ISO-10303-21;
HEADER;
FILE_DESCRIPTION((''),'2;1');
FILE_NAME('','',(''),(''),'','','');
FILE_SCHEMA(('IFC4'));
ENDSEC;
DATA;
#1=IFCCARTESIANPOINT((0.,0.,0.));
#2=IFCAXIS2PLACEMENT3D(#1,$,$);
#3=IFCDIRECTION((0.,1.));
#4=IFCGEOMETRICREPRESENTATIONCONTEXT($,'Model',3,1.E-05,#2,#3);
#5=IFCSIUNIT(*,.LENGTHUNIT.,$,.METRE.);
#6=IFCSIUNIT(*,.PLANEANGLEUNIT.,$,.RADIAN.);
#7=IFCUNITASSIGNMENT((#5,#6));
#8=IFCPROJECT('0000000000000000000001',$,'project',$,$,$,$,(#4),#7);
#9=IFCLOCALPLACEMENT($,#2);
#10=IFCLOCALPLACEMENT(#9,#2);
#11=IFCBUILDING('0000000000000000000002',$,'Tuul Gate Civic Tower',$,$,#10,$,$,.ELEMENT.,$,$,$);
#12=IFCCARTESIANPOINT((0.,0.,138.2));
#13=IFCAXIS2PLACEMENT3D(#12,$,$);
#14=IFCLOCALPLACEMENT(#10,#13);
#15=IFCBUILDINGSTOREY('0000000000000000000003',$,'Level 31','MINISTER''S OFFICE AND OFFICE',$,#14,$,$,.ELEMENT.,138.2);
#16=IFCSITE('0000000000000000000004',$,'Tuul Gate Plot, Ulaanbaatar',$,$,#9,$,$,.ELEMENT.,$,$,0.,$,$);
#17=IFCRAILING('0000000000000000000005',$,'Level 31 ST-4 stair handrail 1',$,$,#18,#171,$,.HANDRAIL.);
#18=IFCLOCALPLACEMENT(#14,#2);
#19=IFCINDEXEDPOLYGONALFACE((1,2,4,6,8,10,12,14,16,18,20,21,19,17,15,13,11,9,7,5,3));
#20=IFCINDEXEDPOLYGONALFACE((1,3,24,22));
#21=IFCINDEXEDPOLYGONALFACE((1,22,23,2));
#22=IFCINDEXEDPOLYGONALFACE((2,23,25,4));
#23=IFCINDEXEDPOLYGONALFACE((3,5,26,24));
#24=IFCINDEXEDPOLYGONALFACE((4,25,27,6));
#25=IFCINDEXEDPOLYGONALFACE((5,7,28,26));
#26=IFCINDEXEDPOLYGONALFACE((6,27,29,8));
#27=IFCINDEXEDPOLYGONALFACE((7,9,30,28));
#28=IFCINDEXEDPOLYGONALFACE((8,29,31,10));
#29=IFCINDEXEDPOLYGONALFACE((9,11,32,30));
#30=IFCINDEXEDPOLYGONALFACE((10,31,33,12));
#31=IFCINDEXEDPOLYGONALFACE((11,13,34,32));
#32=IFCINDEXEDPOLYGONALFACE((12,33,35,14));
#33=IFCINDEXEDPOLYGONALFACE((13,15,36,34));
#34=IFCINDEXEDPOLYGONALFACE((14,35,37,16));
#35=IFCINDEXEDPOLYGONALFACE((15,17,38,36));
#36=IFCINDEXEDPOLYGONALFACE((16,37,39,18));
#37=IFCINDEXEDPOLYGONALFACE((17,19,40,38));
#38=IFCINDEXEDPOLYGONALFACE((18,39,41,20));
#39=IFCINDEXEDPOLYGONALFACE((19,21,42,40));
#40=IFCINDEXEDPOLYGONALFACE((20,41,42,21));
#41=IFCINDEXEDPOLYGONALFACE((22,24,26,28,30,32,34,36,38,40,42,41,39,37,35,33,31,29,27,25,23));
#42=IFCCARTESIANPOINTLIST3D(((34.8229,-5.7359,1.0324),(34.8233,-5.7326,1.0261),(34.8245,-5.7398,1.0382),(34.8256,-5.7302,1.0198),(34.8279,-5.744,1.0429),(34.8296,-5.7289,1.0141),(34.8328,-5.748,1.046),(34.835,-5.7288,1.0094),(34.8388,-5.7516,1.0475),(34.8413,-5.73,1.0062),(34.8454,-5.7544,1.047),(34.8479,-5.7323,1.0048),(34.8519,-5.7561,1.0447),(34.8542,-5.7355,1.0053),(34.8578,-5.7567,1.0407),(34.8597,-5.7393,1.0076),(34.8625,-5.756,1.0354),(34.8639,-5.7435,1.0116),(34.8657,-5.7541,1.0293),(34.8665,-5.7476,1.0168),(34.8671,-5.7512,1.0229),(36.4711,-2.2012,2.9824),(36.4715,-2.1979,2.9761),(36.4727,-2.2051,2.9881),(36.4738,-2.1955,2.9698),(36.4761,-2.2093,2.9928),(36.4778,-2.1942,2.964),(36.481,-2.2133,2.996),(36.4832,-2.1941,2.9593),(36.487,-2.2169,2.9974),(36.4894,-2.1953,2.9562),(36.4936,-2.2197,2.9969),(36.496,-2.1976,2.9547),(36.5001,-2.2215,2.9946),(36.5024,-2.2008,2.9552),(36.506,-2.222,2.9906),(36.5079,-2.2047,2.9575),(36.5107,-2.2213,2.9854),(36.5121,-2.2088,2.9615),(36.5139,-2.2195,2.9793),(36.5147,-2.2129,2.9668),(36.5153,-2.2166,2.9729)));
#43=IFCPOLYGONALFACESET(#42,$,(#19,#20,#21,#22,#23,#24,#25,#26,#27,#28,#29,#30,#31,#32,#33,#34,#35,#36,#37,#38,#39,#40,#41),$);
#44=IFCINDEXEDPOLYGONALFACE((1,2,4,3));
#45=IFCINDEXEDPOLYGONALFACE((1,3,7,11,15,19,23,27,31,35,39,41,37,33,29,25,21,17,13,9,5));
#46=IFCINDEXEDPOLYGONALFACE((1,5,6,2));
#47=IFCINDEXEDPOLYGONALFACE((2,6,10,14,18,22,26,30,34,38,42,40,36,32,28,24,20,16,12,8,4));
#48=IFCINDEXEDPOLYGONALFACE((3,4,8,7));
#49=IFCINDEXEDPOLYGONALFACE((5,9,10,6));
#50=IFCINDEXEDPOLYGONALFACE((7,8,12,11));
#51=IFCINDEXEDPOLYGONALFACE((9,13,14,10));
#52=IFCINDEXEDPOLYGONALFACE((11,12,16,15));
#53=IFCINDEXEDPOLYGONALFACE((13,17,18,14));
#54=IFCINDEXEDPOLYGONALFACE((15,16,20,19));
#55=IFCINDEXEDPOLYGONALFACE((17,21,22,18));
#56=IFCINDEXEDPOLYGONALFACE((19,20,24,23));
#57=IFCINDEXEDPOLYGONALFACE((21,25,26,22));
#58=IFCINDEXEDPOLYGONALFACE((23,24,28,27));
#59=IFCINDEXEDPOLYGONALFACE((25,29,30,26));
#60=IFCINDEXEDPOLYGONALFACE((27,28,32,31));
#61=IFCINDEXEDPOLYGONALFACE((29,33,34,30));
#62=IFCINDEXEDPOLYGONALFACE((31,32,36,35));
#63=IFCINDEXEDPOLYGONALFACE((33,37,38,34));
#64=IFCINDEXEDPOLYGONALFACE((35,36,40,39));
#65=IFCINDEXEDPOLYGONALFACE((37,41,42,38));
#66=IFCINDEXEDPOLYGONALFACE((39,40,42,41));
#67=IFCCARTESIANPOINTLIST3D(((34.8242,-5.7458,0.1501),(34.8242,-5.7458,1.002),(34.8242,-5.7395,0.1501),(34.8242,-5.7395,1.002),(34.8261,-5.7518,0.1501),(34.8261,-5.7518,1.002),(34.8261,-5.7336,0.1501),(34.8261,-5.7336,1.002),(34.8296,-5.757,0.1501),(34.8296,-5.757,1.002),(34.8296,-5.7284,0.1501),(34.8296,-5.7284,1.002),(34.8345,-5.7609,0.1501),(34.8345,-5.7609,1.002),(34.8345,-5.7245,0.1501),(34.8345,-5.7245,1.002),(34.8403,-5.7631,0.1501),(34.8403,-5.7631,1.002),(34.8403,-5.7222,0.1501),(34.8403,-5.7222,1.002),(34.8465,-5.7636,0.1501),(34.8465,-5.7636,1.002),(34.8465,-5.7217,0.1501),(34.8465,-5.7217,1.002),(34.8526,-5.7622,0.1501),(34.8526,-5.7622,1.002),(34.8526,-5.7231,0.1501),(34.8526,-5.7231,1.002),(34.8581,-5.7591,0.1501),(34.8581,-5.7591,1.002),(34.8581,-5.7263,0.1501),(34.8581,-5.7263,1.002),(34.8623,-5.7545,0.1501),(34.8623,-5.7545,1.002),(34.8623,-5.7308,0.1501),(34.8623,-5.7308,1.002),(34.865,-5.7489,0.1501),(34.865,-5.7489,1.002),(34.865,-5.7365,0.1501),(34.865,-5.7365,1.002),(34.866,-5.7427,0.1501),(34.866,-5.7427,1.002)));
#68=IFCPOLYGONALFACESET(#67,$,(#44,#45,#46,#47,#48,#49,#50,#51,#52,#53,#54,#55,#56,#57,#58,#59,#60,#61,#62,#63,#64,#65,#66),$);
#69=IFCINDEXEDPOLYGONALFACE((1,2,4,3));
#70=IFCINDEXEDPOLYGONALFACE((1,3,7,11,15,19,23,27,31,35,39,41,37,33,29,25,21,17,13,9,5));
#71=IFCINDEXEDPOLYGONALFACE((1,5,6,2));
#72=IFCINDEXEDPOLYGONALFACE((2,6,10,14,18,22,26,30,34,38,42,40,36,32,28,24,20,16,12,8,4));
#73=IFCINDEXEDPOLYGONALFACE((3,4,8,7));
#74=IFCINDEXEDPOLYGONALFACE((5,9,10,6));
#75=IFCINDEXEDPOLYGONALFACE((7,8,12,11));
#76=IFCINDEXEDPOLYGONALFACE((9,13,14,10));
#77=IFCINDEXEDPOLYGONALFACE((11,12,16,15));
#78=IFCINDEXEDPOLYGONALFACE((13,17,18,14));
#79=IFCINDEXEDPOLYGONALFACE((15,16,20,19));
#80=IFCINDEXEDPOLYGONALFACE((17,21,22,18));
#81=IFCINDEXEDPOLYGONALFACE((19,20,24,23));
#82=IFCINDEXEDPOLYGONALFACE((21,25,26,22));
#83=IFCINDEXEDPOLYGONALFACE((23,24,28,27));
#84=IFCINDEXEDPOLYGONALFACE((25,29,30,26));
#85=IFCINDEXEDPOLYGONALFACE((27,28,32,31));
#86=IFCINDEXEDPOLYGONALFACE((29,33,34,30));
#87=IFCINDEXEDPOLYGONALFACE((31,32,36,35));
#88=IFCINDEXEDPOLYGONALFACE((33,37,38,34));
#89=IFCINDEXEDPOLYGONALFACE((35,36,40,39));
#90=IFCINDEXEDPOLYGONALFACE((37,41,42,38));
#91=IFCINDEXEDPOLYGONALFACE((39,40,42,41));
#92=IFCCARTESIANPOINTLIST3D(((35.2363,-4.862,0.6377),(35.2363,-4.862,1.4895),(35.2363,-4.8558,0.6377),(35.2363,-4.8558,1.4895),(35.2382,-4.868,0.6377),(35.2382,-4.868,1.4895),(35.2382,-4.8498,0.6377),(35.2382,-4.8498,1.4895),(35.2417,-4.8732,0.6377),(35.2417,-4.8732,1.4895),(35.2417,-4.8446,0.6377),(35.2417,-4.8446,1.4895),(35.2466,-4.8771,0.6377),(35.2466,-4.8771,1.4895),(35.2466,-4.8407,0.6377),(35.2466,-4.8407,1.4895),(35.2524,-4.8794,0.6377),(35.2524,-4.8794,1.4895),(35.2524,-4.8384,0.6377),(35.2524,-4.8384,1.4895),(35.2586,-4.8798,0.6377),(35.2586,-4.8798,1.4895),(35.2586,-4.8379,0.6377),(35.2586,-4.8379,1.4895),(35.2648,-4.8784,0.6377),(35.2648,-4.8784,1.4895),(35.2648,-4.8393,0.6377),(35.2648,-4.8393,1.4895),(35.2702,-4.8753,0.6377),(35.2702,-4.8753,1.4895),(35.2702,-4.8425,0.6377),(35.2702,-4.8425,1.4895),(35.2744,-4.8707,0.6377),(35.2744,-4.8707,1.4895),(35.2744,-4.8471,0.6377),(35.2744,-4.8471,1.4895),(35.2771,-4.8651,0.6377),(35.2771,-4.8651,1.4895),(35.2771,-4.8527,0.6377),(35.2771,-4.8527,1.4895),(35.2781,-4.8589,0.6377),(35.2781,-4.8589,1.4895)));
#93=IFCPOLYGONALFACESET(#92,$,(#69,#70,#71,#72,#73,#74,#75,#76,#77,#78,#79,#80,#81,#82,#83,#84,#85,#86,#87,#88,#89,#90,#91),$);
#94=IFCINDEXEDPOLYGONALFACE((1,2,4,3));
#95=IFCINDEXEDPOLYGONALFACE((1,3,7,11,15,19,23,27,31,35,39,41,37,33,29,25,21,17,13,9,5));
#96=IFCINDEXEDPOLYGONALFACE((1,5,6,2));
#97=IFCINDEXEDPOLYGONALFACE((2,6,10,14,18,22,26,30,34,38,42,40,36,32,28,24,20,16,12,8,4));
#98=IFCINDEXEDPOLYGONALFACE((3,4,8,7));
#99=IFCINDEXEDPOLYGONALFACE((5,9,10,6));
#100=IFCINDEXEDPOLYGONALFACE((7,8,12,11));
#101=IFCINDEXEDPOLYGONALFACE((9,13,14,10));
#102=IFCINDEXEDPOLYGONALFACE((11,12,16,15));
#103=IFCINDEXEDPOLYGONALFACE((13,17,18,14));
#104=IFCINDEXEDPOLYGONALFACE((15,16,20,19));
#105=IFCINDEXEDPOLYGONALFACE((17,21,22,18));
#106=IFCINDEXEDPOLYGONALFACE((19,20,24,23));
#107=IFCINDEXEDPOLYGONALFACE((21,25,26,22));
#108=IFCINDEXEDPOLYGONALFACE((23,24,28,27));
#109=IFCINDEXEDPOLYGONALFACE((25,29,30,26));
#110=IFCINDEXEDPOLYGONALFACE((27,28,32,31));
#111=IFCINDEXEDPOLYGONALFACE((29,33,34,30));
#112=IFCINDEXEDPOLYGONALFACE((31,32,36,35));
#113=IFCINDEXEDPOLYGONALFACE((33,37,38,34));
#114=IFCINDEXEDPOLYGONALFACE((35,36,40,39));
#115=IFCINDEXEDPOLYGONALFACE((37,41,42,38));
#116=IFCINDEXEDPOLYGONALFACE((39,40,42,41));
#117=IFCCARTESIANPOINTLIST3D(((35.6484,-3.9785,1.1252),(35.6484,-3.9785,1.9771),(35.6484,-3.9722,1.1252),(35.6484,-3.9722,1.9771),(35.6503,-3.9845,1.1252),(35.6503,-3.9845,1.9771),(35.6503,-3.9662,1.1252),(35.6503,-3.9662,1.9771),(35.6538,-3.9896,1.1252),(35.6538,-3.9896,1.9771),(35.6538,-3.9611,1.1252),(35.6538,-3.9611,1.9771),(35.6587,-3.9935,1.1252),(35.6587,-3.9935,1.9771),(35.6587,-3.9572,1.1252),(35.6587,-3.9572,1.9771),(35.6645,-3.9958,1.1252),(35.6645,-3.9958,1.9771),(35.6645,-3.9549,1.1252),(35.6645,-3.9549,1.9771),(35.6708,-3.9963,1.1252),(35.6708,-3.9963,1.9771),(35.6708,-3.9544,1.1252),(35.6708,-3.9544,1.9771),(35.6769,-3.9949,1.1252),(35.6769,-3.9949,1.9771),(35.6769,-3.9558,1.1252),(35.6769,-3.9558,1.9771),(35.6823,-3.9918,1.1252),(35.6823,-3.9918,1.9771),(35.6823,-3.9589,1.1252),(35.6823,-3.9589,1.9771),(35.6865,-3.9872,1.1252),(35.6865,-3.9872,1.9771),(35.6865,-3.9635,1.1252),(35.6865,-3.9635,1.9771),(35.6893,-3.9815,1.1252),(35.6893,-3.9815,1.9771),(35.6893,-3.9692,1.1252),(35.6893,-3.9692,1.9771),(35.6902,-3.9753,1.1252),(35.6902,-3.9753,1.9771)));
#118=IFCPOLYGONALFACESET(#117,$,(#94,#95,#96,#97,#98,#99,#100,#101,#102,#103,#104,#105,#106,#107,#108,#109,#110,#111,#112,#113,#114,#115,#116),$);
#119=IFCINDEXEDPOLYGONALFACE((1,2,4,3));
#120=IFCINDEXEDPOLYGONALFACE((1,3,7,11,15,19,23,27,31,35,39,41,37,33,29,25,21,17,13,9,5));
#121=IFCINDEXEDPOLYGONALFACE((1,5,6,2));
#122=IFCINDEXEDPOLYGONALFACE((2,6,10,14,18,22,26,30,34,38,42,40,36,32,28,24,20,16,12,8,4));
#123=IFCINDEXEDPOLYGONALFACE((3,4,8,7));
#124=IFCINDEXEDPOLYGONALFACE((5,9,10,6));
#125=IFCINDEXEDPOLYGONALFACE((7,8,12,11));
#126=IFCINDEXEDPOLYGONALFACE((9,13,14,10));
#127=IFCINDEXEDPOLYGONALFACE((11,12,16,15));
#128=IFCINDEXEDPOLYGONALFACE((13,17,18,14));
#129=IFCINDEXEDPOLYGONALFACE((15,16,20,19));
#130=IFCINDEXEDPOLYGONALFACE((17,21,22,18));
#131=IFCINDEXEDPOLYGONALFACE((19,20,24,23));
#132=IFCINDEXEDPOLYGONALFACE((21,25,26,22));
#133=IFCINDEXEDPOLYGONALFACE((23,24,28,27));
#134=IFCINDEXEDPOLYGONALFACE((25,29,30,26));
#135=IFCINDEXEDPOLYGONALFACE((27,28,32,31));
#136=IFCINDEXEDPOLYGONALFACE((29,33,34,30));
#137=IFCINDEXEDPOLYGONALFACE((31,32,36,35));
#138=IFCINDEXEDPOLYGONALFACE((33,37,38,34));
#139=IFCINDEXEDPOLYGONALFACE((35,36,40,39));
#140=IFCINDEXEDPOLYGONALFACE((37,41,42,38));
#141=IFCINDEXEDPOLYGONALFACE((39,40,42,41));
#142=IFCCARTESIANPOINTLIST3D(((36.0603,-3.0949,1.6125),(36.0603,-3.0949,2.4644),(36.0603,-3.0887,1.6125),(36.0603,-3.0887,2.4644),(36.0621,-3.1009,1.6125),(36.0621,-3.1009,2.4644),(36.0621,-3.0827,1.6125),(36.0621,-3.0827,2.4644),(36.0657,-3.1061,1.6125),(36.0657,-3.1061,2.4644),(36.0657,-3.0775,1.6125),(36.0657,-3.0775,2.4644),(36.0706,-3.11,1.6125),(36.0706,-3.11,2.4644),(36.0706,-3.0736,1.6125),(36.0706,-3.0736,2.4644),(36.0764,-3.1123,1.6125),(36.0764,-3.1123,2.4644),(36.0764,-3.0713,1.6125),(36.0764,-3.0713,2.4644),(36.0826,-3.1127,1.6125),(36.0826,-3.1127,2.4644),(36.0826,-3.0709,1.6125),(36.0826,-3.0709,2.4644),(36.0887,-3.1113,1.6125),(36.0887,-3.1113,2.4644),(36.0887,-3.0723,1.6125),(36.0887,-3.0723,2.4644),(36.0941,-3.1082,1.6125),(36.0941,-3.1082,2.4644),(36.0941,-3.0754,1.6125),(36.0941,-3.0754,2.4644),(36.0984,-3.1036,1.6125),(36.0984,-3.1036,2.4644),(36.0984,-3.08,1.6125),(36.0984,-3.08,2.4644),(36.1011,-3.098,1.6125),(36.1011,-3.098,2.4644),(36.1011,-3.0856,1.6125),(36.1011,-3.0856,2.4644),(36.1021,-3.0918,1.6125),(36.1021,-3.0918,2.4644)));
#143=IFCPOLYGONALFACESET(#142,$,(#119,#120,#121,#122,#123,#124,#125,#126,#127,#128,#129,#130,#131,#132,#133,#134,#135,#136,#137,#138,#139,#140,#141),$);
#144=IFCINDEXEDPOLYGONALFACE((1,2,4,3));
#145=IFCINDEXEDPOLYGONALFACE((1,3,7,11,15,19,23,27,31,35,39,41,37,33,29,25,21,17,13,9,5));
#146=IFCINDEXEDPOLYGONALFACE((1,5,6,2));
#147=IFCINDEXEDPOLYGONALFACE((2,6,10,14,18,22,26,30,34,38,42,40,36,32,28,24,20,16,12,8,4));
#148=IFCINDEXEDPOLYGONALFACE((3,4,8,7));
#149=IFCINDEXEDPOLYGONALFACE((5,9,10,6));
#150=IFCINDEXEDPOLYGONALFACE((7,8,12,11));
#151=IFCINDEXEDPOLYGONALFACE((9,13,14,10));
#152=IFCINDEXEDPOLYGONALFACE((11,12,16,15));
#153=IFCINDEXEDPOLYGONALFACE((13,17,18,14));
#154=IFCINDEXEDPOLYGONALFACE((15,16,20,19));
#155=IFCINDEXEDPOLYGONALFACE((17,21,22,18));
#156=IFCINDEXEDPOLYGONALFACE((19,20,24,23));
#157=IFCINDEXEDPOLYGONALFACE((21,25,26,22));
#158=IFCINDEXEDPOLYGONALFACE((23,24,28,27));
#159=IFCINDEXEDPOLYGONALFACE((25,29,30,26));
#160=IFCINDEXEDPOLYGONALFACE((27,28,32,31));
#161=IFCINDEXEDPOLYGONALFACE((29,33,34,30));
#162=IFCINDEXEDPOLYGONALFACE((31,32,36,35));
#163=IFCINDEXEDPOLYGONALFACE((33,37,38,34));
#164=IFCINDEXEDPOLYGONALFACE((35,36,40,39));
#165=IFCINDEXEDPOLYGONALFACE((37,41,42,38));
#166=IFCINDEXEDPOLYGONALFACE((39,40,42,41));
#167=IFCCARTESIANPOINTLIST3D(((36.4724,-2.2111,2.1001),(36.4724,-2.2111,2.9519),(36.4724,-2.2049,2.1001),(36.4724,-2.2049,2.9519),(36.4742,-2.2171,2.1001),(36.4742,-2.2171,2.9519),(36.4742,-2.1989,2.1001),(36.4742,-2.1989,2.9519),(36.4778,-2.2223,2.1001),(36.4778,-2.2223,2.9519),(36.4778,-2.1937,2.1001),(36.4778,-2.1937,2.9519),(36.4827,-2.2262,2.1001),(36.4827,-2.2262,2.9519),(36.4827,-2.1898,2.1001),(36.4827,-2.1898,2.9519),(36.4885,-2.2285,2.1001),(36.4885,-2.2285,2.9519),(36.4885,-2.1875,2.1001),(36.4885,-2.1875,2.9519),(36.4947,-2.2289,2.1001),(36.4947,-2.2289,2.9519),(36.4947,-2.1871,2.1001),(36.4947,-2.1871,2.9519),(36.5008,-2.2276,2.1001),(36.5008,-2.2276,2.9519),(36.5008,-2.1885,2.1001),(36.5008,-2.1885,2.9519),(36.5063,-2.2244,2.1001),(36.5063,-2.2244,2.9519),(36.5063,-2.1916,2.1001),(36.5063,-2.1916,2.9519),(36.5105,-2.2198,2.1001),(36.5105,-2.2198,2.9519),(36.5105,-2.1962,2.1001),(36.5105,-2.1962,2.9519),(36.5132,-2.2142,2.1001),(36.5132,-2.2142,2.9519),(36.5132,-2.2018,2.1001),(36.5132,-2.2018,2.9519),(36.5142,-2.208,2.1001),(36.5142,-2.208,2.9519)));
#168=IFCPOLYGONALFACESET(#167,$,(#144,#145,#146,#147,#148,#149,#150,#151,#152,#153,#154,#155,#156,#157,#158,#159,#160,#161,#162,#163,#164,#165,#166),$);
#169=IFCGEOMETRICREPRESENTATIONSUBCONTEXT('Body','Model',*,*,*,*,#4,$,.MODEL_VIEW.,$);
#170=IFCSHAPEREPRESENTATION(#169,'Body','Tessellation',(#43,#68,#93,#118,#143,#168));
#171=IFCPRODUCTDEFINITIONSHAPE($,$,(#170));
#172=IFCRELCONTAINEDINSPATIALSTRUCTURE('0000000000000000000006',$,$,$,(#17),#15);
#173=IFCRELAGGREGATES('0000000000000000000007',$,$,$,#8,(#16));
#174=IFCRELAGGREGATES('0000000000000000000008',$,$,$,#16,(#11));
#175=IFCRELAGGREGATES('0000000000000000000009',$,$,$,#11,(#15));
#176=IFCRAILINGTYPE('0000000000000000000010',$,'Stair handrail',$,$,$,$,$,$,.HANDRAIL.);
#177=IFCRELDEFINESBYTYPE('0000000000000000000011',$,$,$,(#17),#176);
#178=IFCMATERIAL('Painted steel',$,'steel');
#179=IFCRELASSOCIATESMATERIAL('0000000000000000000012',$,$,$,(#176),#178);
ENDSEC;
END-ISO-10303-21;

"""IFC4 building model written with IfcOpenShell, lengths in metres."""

from ifc_helpers import new_model, si_unit, direction, frame, origin, origin_2d, place, context, subcontext, project, spatial, circle, extrude, material, type_object, element, save


model = new_model("IFC4")

# Units and contexts
model_context = context("Model", 3, precision=1e-05, world=origin(), true_north=direction((0.0, 1.0)))
body_context = subcontext(model_context, "Body", "Model", "MODEL_VIEW")
ifc_project = project(units=[si_unit("LENGTHUNIT", "METRE"), si_unit("PLANEANGLEUNIT", "RADIAN")], contexts=[model_context])

# Site, building, storey
site_placement = place(None, origin())
site = spatial("IfcSite", under=ifc_project, at=site_placement, Name="Tuul Gate Plot, Ulaanbaatar", CompositionType="ELEMENT", RefElevation=0.0)
building_placement = place(site_placement, origin())
building = spatial("IfcBuilding", under=site, at=building_placement, Name="Tuul Gate Civic Tower", CompositionType="ELEMENT")
storey_placement = place(building_placement, frame((0.0, 0.0, 138.2)))
storey = spatial("IfcBuildingStorey", under=building, at=storey_placement, Name="Level 31", Description="MINISTER'S OFFICE AND OFFICE", CompositionType="ELEMENT", Elevation=138.2)

# Railing
ifc_material_1 = material(Name="Painted steel", Category="steel")
railing_type_1 = type_object("IfcRailingType", Name="Stair handrail", PredefinedType="HANDRAIL", material=ifc_material_1)
railing_1_placement = place(storey_placement, frame((34.845, -5.7427, 0.1501)))
element("IfcRailing", 1, at=railing_1_placement, inside=storey, type_object=railing_type_1, Name="Level 31 ST-4 stair handrail 1", PredefinedType="HANDRAIL", context=body_context, shape_type="SweptSolid", body=[
    extrude(circle(Radius=0.0239, at=origin_2d()), frame((0.0, 0.0, 0.876), z_axis=(0.377995, 0.810637, 0.4472), x_axis=(-0.906313, 0.422608, 0.0)), (0.0, 0.0, 1.0), 4.3604),
    extrude(circle(Radius=0.021, at=origin_2d()), origin(), (0.0, 0.0, 1.0), 0.8518),
    extrude(circle(Radius=0.021, at=origin_2d()), frame((0.4121, 0.8838, 0.4875)), (0.0, 0.0, 1.0), 0.8518),
    extrude(circle(Radius=0.021, at=origin_2d()), frame((0.8242, 1.7673, 0.9751)), (0.0, 0.0, 1.0), 0.8518),
    extrude(circle(Radius=0.021, at=origin_2d()), frame((1.2361, 2.6509, 1.4624)), (0.0, 0.0, 1.0), 0.8518),
    extrude(circle(Radius=0.021, at=origin_2d()), frame((1.6482, 3.5347, 1.95)), (0.0, 0.0, 1.0), 0.8518),
])

save(model, "model.ifc")
